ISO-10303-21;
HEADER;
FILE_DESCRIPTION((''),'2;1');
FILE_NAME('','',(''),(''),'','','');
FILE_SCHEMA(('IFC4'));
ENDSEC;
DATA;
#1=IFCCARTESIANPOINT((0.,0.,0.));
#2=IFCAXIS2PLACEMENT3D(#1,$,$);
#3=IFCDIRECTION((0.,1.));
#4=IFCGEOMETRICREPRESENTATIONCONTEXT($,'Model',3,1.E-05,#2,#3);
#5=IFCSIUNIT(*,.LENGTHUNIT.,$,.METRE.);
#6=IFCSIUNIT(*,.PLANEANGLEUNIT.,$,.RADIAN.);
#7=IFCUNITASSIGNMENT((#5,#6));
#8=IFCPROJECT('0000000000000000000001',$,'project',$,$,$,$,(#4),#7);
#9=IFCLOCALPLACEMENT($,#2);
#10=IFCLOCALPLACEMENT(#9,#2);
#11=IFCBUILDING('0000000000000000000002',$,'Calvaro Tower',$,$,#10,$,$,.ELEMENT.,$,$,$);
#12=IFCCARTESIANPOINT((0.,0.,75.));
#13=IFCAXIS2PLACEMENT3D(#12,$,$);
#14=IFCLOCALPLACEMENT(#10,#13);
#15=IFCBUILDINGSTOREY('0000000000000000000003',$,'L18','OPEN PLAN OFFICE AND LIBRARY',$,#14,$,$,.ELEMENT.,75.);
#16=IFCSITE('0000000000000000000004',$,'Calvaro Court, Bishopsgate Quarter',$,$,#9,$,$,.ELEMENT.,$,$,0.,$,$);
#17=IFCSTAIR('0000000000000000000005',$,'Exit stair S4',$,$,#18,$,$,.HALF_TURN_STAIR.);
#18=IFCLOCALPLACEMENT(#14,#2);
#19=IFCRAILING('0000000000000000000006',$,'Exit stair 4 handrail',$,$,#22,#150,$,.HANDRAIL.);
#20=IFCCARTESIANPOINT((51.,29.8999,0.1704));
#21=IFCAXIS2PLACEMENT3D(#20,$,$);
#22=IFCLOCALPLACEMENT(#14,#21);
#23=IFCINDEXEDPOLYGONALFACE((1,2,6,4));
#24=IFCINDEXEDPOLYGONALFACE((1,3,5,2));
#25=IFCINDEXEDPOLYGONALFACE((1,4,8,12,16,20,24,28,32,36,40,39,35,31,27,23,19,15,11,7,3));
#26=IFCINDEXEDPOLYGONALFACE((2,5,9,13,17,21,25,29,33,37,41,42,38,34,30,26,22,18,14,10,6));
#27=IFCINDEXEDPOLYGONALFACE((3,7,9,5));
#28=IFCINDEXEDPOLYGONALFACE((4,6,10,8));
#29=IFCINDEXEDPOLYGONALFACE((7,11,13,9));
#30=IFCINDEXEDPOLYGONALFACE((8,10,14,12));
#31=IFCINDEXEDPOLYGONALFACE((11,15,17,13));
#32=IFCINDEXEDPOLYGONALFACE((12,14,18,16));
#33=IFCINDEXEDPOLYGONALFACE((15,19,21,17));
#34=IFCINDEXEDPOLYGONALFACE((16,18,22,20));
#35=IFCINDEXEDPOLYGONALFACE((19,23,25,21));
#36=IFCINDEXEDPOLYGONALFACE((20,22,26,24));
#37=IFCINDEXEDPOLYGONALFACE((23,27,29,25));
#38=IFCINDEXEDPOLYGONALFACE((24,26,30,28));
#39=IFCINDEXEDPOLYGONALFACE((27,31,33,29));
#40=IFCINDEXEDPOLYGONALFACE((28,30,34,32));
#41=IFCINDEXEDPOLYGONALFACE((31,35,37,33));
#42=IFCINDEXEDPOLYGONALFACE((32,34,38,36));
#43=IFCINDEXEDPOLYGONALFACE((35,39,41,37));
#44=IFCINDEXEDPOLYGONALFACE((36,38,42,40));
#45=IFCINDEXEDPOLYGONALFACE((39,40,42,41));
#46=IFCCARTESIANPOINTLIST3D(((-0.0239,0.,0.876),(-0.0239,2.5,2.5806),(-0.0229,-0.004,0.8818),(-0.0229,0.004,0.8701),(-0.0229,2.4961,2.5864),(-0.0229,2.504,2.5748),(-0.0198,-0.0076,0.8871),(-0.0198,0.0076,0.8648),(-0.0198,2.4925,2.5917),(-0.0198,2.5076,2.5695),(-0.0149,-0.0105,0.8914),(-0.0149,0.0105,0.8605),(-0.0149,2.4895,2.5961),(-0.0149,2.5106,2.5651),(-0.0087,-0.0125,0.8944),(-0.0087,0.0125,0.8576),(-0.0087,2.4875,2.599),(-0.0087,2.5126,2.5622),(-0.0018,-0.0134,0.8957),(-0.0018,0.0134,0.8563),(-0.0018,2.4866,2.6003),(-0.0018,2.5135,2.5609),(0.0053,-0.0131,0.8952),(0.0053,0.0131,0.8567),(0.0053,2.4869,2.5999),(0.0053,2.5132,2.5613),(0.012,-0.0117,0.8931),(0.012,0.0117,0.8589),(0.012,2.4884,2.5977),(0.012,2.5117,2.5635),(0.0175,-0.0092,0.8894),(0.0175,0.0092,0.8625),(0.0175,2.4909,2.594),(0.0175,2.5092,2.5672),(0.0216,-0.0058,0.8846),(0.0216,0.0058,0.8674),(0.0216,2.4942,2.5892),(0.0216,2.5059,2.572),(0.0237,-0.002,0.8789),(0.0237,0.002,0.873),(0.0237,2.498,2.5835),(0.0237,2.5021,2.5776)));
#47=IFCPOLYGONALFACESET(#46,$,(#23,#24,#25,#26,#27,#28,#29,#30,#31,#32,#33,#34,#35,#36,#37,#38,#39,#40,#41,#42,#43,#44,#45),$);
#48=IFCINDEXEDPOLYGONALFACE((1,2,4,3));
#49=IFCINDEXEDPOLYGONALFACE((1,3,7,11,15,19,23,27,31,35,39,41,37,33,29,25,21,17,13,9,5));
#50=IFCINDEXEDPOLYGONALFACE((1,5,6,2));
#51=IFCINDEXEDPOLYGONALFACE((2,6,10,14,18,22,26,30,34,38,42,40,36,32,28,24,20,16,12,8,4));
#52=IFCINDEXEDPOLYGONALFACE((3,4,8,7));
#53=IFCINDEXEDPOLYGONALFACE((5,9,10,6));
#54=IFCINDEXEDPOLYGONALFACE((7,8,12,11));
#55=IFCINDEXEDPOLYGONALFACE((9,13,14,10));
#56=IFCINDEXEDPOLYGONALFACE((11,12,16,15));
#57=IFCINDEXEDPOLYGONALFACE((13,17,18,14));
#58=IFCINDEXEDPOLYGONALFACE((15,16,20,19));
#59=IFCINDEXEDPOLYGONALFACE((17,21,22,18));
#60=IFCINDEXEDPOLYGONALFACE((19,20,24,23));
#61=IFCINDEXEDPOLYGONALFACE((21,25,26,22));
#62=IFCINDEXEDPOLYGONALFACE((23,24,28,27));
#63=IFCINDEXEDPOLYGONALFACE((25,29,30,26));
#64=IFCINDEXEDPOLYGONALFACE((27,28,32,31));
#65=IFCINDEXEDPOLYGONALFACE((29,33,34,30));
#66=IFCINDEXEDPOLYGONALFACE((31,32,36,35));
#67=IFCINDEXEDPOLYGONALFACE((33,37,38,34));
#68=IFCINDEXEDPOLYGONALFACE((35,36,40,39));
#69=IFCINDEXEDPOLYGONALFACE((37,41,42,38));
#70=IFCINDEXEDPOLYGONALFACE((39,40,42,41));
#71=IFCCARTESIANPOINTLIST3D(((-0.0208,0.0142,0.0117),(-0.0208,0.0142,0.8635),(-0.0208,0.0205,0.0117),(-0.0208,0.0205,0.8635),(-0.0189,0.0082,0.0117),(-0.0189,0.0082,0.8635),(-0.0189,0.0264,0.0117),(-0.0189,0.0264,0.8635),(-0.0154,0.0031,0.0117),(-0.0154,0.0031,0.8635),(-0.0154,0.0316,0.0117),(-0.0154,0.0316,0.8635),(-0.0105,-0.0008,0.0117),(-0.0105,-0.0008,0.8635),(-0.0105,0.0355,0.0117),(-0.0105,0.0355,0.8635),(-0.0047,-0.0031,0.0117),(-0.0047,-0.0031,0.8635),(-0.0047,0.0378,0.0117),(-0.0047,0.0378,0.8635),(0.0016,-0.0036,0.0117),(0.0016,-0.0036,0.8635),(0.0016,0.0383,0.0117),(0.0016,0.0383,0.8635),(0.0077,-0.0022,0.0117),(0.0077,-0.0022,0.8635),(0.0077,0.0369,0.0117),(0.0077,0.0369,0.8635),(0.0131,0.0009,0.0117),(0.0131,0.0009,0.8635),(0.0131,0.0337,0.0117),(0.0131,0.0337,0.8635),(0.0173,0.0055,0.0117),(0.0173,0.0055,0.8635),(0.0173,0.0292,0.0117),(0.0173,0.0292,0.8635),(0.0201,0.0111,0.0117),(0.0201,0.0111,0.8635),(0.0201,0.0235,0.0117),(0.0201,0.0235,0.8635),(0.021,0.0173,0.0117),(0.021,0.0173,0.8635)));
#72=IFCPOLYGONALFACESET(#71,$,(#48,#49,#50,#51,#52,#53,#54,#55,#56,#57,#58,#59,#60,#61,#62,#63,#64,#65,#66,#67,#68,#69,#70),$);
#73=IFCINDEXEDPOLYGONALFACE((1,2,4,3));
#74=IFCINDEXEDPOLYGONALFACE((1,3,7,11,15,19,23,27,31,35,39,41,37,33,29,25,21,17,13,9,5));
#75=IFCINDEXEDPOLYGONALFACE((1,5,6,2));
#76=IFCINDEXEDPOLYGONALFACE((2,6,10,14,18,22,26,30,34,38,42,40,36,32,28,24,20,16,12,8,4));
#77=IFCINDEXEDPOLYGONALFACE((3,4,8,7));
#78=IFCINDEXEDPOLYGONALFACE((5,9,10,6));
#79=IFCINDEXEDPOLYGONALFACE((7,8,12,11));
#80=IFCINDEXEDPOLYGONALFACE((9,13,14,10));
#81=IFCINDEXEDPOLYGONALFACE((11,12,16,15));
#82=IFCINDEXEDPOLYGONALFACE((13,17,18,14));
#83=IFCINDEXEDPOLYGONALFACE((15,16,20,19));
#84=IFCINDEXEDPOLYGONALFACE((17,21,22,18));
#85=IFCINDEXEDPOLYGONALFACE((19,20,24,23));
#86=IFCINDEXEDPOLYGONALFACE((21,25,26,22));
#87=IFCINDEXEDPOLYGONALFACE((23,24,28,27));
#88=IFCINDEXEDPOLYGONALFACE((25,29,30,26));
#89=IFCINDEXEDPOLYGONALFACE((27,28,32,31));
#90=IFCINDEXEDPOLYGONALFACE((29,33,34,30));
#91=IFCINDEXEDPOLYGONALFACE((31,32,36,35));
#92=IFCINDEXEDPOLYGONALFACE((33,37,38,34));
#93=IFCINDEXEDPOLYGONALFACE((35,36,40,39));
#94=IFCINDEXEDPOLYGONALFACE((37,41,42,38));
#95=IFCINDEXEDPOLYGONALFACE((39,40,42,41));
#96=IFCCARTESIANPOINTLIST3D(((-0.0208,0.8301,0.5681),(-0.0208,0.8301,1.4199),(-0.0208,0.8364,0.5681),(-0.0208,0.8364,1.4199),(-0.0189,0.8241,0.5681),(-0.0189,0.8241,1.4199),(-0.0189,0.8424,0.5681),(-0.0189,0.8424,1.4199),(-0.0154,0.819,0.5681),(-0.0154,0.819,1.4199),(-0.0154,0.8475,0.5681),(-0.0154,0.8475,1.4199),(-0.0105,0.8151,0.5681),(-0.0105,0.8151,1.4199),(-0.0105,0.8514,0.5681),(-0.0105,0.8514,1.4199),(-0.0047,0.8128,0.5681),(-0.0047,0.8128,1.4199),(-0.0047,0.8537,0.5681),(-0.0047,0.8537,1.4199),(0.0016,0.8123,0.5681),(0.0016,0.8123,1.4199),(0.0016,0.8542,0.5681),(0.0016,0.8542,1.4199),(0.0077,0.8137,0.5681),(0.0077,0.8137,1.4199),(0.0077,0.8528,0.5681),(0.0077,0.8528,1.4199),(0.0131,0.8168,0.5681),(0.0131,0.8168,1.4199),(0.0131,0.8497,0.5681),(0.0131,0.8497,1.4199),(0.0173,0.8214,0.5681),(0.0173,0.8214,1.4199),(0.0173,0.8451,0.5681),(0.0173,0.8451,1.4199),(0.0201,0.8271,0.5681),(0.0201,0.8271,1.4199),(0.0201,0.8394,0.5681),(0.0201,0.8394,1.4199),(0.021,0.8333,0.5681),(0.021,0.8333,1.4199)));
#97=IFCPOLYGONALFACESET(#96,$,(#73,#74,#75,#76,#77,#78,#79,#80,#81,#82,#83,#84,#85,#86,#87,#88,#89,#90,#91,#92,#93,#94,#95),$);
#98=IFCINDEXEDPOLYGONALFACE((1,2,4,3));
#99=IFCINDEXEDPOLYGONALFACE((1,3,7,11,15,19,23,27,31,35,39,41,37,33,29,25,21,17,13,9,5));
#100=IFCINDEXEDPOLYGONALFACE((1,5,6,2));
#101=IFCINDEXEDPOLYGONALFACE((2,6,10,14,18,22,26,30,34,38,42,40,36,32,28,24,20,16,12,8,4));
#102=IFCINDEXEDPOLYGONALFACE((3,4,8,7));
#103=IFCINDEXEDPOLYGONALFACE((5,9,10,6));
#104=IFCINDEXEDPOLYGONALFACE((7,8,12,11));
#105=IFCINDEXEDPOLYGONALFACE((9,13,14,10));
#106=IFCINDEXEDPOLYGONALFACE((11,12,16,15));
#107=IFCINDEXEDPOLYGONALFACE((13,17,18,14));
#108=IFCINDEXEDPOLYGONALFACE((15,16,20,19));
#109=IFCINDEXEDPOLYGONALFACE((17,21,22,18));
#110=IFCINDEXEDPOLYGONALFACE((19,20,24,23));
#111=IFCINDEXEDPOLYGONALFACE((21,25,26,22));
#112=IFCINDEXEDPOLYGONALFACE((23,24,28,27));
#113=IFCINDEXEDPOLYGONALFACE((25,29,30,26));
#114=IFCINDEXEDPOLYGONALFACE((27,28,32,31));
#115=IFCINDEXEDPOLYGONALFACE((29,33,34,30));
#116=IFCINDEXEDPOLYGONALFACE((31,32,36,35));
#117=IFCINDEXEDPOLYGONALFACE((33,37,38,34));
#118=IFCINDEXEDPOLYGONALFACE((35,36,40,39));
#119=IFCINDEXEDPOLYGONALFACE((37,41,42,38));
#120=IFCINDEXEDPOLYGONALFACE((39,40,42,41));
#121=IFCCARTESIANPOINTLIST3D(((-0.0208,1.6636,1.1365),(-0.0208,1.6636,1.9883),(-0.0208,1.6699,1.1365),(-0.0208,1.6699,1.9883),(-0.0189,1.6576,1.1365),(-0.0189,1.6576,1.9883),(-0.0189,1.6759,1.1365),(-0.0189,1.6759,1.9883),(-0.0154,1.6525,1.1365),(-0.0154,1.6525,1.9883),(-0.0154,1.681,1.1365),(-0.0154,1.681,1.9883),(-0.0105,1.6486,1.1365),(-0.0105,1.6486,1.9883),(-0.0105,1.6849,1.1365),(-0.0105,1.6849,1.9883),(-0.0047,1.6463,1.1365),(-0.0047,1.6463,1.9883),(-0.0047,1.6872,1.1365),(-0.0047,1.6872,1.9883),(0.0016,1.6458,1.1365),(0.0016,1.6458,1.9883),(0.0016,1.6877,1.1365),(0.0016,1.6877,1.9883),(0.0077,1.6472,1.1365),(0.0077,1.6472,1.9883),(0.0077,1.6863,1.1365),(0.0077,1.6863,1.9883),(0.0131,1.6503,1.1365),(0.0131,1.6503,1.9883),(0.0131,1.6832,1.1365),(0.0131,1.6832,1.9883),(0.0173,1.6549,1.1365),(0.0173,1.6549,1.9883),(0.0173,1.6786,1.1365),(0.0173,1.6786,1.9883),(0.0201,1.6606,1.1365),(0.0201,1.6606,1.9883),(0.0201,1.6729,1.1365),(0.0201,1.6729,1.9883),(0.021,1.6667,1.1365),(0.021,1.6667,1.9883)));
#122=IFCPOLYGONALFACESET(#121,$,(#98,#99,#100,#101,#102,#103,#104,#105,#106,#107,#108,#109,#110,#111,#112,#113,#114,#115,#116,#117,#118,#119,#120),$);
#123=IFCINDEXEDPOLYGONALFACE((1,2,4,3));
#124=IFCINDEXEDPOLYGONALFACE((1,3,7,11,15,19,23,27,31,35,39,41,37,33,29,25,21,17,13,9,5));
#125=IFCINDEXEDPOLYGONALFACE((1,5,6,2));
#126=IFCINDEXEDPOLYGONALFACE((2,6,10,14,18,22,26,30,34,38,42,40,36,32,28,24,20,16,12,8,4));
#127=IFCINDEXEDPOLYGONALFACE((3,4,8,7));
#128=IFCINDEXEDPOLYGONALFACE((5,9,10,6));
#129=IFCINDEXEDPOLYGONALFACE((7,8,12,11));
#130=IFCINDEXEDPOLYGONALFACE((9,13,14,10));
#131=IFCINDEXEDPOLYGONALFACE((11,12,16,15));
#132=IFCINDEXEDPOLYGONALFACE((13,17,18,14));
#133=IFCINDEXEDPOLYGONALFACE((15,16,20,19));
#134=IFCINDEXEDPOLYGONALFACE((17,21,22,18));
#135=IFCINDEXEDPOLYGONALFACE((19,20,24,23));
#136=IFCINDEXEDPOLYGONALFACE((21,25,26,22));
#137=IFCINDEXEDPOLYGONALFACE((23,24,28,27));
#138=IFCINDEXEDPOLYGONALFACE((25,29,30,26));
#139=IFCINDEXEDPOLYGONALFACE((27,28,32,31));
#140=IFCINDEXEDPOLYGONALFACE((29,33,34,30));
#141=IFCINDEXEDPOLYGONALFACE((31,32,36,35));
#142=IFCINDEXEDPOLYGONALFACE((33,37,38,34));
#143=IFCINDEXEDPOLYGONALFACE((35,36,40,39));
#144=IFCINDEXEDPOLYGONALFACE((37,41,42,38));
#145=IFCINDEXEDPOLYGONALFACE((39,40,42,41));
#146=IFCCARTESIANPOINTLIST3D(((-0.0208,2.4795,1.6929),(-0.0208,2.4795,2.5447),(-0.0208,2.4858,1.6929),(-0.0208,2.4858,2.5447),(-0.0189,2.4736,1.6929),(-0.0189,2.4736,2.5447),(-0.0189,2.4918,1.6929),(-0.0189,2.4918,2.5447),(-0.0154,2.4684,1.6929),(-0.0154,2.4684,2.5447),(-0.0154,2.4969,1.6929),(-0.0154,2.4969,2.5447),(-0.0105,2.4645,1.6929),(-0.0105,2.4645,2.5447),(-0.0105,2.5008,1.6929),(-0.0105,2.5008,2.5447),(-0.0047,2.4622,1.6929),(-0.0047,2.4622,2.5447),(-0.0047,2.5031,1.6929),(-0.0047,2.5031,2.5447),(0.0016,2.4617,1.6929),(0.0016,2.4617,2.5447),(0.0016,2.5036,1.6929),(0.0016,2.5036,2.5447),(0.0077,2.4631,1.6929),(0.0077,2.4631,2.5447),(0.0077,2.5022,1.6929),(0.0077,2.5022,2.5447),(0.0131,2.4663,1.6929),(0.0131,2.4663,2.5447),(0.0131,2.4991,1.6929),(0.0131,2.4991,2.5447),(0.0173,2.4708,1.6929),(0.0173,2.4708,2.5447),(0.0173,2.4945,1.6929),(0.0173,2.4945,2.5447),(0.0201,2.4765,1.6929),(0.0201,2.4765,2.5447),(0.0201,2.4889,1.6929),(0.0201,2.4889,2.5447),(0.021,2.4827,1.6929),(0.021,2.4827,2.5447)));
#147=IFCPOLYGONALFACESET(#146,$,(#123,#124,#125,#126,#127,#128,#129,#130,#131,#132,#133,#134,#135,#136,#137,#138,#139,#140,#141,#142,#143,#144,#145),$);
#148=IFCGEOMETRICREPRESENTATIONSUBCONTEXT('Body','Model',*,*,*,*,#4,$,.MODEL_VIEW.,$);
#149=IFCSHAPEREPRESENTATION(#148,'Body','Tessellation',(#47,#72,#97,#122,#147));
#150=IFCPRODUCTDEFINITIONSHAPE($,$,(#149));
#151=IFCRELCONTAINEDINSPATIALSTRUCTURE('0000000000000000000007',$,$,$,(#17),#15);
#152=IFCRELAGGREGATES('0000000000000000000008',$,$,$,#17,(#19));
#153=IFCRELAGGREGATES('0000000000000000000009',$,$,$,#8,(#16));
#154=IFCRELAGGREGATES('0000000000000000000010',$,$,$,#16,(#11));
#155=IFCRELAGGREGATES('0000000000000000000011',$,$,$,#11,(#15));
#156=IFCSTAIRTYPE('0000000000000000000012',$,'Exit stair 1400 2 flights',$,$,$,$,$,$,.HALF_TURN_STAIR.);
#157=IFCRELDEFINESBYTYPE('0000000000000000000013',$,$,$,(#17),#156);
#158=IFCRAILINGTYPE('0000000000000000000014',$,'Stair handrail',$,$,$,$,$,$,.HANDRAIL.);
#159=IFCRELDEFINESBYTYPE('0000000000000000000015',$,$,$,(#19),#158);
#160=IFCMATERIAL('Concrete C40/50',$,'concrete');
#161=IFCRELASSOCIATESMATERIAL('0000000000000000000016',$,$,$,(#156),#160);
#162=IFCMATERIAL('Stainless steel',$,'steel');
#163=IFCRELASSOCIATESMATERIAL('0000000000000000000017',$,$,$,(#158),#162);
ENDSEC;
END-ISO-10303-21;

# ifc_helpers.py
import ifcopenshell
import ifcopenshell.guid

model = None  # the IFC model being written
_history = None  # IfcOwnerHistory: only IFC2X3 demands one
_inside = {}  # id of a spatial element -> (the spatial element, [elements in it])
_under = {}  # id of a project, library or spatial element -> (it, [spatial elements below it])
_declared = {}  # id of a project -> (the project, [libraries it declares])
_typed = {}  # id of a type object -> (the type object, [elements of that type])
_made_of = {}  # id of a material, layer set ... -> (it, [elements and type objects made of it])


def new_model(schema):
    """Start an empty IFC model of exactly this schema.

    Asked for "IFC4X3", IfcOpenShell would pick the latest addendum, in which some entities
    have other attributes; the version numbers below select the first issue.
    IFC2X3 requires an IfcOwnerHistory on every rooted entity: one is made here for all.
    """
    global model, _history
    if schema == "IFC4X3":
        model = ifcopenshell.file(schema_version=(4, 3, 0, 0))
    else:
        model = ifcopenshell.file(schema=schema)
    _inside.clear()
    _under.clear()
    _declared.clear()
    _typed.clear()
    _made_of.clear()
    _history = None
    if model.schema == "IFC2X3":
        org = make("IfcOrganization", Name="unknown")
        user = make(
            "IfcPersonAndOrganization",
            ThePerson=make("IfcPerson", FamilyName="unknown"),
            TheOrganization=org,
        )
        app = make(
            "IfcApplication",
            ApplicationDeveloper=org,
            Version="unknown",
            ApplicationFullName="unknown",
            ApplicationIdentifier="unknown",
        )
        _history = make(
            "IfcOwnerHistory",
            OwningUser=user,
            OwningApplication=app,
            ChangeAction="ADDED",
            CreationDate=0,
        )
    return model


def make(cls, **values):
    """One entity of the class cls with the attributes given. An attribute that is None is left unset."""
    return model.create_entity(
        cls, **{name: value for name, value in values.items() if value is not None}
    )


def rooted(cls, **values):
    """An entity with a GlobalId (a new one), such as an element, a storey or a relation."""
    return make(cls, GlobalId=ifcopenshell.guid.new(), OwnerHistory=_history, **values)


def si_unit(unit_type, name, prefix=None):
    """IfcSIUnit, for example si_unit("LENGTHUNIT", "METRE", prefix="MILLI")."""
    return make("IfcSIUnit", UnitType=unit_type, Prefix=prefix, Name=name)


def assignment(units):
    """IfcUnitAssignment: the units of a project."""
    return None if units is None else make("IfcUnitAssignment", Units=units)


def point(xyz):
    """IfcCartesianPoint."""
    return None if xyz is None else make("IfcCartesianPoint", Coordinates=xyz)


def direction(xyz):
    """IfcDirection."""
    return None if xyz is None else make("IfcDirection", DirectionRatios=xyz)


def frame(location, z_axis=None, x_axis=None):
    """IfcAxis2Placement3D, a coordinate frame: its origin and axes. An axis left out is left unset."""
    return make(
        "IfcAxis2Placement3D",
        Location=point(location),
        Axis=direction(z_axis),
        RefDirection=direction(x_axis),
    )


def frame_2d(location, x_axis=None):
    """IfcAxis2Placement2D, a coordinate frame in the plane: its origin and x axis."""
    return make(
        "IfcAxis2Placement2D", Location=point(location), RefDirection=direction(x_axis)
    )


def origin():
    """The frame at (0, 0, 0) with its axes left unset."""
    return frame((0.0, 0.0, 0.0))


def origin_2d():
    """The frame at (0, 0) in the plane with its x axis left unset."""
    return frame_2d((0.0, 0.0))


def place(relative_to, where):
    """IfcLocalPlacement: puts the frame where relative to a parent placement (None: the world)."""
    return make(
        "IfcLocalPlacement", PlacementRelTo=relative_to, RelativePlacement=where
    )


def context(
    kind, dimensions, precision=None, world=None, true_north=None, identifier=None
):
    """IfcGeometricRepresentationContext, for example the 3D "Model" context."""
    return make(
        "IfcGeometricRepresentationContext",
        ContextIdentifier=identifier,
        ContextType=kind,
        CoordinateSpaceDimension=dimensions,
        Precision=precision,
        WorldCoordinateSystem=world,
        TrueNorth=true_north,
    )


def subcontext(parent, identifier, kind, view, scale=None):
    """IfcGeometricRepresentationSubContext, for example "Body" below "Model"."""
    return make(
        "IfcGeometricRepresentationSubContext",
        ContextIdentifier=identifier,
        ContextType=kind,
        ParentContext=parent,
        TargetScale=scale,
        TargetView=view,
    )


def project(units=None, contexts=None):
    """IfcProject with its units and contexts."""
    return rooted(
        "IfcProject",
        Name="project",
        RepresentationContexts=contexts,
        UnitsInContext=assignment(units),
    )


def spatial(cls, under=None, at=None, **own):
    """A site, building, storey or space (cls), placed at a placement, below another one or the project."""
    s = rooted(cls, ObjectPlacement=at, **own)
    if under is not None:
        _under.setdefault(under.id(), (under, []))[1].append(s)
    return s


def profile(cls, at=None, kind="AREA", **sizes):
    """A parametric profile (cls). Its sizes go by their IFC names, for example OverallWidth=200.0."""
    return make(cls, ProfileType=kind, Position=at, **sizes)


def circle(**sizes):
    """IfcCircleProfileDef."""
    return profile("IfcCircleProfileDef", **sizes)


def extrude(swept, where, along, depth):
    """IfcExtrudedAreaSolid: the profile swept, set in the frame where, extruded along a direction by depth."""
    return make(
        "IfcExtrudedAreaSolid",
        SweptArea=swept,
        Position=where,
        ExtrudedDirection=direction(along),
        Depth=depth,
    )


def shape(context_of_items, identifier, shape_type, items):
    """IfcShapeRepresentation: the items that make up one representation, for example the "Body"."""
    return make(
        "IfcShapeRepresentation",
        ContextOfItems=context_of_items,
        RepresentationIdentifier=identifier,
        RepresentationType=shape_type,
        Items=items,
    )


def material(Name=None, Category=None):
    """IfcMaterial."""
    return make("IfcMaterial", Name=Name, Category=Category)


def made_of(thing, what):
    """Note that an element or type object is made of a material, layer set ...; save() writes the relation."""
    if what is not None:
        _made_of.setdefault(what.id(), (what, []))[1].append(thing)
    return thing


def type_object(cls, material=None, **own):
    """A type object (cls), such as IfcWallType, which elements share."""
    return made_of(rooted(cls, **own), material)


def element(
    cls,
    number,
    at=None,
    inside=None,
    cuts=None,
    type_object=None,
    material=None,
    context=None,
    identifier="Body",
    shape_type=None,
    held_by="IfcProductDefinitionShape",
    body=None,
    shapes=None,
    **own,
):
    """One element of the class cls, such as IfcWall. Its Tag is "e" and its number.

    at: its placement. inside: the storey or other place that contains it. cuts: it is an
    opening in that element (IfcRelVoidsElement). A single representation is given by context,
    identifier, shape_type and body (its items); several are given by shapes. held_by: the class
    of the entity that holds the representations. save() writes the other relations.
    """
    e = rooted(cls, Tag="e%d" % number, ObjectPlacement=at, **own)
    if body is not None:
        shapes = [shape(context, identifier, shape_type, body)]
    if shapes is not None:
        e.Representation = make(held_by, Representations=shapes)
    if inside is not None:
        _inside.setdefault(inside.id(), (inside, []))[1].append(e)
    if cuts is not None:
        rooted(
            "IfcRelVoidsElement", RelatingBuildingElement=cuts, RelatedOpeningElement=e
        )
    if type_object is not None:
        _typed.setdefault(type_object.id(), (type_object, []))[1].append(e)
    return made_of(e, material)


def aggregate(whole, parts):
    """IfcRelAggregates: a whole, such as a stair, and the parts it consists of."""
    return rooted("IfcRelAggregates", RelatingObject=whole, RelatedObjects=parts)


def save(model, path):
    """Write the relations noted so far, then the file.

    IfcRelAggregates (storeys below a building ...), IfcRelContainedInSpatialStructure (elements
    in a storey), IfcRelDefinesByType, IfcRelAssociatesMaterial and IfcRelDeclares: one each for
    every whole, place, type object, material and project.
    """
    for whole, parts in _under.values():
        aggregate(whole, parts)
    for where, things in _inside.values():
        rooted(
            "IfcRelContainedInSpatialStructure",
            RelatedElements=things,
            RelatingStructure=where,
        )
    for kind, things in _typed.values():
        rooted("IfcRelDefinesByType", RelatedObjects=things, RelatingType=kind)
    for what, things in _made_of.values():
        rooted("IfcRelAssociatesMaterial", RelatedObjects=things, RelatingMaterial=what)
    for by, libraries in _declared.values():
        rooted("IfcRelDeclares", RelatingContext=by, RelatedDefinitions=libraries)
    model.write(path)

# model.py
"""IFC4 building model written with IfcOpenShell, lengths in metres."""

from ifc_helpers import new_model, si_unit, direction, frame, origin, origin_2d, place, context, subcontext, project, spatial, circle, extrude, material, type_object, element, aggregate, save


model = new_model("IFC4")

# Units and contexts
model_context = context("Model", 3, precision=1e-05, world=origin(), true_north=direction((0.0, 1.0)))
body_context = subcontext(model_context, "Body", "Model", "MODEL_VIEW")
ifc_project = project(units=[si_unit("LENGTHUNIT", "METRE"), si_unit("PLANEANGLEUNIT", "RADIAN")], contexts=[model_context])

# Site, building, storey
site_placement = place(None, origin())
site = spatial("IfcSite", under=ifc_project, at=site_placement, Name="Calvaro Court, Bishopsgate Quarter", CompositionType="ELEMENT", RefElevation=0.0)
building_placement = place(site_placement, origin())
building = spatial("IfcBuilding", under=site, at=building_placement, Name="Calvaro Tower", CompositionType="ELEMENT")
storey_placement = place(building_placement, frame((0.0, 0.0, 75.0)))
storey = spatial("IfcBuildingStorey", under=building, at=storey_placement, Name="L18", Description="OPEN PLAN OFFICE AND LIBRARY", CompositionType="ELEMENT", Elevation=75.0)

# Stair
ifc_material_1 = material(Name="Concrete C40/50", Category="concrete")
stair_type = type_object("IfcStairType", Name="Exit stair 1400 2 flights", PredefinedType="HALF_TURN_STAIR", material=ifc_material_1)
stair_1_placement = place(storey_placement, origin())
stair_1 = element("IfcStair", 1, at=stair_1_placement, inside=storey, type_object=stair_type, Name="Exit stair S4", PredefinedType="HALF_TURN_STAIR")

# Railing
ifc_material_2 = material(Name="Stainless steel", Category="steel")
railing_type = type_object("IfcRailingType", Name="Stair handrail", PredefinedType="HANDRAIL", material=ifc_material_2)
railing_1_placement = place(storey_placement, frame((51.0, 29.8999, 0.1704)))
railing_1 = element("IfcRailing", 2, at=railing_1_placement, type_object=railing_type, Name="Exit stair 4 handrail", PredefinedType="HANDRAIL", context=body_context, shape_type="SweptSolid", body=[
    extrude(circle(Radius=0.0239, at=origin_2d()), frame((0.0, 0.0, 0.876), z_axis=(0.0, 0.826221, 0.563347), x_axis=(-1.0, 0.0, 0.0)), (0.0, 0.0, 1.0), 3.0259),
    extrude(circle(Radius=0.021, at=origin_2d()), frame((0.0, 0.0173, 0.0117)), (0.0, 0.0, 1.0), 0.8518),
    extrude(circle(Radius=0.021, at=origin_2d()), frame((0.0, 0.8333, 0.5681)), (0.0, 0.0, 1.0), 0.8518),
    extrude(circle(Radius=0.021, at=origin_2d()), frame((0.0, 1.6667, 1.1365)), (0.0, 0.0, 1.0), 0.8518),
    extrude(circle(Radius=0.021, at=origin_2d()), frame((0.0, 2.4827, 1.6929)), (0.0, 0.0, 1.0), 0.8518),
])
aggregate(stair_1, [railing_1])

save(model, "model.ifc")
